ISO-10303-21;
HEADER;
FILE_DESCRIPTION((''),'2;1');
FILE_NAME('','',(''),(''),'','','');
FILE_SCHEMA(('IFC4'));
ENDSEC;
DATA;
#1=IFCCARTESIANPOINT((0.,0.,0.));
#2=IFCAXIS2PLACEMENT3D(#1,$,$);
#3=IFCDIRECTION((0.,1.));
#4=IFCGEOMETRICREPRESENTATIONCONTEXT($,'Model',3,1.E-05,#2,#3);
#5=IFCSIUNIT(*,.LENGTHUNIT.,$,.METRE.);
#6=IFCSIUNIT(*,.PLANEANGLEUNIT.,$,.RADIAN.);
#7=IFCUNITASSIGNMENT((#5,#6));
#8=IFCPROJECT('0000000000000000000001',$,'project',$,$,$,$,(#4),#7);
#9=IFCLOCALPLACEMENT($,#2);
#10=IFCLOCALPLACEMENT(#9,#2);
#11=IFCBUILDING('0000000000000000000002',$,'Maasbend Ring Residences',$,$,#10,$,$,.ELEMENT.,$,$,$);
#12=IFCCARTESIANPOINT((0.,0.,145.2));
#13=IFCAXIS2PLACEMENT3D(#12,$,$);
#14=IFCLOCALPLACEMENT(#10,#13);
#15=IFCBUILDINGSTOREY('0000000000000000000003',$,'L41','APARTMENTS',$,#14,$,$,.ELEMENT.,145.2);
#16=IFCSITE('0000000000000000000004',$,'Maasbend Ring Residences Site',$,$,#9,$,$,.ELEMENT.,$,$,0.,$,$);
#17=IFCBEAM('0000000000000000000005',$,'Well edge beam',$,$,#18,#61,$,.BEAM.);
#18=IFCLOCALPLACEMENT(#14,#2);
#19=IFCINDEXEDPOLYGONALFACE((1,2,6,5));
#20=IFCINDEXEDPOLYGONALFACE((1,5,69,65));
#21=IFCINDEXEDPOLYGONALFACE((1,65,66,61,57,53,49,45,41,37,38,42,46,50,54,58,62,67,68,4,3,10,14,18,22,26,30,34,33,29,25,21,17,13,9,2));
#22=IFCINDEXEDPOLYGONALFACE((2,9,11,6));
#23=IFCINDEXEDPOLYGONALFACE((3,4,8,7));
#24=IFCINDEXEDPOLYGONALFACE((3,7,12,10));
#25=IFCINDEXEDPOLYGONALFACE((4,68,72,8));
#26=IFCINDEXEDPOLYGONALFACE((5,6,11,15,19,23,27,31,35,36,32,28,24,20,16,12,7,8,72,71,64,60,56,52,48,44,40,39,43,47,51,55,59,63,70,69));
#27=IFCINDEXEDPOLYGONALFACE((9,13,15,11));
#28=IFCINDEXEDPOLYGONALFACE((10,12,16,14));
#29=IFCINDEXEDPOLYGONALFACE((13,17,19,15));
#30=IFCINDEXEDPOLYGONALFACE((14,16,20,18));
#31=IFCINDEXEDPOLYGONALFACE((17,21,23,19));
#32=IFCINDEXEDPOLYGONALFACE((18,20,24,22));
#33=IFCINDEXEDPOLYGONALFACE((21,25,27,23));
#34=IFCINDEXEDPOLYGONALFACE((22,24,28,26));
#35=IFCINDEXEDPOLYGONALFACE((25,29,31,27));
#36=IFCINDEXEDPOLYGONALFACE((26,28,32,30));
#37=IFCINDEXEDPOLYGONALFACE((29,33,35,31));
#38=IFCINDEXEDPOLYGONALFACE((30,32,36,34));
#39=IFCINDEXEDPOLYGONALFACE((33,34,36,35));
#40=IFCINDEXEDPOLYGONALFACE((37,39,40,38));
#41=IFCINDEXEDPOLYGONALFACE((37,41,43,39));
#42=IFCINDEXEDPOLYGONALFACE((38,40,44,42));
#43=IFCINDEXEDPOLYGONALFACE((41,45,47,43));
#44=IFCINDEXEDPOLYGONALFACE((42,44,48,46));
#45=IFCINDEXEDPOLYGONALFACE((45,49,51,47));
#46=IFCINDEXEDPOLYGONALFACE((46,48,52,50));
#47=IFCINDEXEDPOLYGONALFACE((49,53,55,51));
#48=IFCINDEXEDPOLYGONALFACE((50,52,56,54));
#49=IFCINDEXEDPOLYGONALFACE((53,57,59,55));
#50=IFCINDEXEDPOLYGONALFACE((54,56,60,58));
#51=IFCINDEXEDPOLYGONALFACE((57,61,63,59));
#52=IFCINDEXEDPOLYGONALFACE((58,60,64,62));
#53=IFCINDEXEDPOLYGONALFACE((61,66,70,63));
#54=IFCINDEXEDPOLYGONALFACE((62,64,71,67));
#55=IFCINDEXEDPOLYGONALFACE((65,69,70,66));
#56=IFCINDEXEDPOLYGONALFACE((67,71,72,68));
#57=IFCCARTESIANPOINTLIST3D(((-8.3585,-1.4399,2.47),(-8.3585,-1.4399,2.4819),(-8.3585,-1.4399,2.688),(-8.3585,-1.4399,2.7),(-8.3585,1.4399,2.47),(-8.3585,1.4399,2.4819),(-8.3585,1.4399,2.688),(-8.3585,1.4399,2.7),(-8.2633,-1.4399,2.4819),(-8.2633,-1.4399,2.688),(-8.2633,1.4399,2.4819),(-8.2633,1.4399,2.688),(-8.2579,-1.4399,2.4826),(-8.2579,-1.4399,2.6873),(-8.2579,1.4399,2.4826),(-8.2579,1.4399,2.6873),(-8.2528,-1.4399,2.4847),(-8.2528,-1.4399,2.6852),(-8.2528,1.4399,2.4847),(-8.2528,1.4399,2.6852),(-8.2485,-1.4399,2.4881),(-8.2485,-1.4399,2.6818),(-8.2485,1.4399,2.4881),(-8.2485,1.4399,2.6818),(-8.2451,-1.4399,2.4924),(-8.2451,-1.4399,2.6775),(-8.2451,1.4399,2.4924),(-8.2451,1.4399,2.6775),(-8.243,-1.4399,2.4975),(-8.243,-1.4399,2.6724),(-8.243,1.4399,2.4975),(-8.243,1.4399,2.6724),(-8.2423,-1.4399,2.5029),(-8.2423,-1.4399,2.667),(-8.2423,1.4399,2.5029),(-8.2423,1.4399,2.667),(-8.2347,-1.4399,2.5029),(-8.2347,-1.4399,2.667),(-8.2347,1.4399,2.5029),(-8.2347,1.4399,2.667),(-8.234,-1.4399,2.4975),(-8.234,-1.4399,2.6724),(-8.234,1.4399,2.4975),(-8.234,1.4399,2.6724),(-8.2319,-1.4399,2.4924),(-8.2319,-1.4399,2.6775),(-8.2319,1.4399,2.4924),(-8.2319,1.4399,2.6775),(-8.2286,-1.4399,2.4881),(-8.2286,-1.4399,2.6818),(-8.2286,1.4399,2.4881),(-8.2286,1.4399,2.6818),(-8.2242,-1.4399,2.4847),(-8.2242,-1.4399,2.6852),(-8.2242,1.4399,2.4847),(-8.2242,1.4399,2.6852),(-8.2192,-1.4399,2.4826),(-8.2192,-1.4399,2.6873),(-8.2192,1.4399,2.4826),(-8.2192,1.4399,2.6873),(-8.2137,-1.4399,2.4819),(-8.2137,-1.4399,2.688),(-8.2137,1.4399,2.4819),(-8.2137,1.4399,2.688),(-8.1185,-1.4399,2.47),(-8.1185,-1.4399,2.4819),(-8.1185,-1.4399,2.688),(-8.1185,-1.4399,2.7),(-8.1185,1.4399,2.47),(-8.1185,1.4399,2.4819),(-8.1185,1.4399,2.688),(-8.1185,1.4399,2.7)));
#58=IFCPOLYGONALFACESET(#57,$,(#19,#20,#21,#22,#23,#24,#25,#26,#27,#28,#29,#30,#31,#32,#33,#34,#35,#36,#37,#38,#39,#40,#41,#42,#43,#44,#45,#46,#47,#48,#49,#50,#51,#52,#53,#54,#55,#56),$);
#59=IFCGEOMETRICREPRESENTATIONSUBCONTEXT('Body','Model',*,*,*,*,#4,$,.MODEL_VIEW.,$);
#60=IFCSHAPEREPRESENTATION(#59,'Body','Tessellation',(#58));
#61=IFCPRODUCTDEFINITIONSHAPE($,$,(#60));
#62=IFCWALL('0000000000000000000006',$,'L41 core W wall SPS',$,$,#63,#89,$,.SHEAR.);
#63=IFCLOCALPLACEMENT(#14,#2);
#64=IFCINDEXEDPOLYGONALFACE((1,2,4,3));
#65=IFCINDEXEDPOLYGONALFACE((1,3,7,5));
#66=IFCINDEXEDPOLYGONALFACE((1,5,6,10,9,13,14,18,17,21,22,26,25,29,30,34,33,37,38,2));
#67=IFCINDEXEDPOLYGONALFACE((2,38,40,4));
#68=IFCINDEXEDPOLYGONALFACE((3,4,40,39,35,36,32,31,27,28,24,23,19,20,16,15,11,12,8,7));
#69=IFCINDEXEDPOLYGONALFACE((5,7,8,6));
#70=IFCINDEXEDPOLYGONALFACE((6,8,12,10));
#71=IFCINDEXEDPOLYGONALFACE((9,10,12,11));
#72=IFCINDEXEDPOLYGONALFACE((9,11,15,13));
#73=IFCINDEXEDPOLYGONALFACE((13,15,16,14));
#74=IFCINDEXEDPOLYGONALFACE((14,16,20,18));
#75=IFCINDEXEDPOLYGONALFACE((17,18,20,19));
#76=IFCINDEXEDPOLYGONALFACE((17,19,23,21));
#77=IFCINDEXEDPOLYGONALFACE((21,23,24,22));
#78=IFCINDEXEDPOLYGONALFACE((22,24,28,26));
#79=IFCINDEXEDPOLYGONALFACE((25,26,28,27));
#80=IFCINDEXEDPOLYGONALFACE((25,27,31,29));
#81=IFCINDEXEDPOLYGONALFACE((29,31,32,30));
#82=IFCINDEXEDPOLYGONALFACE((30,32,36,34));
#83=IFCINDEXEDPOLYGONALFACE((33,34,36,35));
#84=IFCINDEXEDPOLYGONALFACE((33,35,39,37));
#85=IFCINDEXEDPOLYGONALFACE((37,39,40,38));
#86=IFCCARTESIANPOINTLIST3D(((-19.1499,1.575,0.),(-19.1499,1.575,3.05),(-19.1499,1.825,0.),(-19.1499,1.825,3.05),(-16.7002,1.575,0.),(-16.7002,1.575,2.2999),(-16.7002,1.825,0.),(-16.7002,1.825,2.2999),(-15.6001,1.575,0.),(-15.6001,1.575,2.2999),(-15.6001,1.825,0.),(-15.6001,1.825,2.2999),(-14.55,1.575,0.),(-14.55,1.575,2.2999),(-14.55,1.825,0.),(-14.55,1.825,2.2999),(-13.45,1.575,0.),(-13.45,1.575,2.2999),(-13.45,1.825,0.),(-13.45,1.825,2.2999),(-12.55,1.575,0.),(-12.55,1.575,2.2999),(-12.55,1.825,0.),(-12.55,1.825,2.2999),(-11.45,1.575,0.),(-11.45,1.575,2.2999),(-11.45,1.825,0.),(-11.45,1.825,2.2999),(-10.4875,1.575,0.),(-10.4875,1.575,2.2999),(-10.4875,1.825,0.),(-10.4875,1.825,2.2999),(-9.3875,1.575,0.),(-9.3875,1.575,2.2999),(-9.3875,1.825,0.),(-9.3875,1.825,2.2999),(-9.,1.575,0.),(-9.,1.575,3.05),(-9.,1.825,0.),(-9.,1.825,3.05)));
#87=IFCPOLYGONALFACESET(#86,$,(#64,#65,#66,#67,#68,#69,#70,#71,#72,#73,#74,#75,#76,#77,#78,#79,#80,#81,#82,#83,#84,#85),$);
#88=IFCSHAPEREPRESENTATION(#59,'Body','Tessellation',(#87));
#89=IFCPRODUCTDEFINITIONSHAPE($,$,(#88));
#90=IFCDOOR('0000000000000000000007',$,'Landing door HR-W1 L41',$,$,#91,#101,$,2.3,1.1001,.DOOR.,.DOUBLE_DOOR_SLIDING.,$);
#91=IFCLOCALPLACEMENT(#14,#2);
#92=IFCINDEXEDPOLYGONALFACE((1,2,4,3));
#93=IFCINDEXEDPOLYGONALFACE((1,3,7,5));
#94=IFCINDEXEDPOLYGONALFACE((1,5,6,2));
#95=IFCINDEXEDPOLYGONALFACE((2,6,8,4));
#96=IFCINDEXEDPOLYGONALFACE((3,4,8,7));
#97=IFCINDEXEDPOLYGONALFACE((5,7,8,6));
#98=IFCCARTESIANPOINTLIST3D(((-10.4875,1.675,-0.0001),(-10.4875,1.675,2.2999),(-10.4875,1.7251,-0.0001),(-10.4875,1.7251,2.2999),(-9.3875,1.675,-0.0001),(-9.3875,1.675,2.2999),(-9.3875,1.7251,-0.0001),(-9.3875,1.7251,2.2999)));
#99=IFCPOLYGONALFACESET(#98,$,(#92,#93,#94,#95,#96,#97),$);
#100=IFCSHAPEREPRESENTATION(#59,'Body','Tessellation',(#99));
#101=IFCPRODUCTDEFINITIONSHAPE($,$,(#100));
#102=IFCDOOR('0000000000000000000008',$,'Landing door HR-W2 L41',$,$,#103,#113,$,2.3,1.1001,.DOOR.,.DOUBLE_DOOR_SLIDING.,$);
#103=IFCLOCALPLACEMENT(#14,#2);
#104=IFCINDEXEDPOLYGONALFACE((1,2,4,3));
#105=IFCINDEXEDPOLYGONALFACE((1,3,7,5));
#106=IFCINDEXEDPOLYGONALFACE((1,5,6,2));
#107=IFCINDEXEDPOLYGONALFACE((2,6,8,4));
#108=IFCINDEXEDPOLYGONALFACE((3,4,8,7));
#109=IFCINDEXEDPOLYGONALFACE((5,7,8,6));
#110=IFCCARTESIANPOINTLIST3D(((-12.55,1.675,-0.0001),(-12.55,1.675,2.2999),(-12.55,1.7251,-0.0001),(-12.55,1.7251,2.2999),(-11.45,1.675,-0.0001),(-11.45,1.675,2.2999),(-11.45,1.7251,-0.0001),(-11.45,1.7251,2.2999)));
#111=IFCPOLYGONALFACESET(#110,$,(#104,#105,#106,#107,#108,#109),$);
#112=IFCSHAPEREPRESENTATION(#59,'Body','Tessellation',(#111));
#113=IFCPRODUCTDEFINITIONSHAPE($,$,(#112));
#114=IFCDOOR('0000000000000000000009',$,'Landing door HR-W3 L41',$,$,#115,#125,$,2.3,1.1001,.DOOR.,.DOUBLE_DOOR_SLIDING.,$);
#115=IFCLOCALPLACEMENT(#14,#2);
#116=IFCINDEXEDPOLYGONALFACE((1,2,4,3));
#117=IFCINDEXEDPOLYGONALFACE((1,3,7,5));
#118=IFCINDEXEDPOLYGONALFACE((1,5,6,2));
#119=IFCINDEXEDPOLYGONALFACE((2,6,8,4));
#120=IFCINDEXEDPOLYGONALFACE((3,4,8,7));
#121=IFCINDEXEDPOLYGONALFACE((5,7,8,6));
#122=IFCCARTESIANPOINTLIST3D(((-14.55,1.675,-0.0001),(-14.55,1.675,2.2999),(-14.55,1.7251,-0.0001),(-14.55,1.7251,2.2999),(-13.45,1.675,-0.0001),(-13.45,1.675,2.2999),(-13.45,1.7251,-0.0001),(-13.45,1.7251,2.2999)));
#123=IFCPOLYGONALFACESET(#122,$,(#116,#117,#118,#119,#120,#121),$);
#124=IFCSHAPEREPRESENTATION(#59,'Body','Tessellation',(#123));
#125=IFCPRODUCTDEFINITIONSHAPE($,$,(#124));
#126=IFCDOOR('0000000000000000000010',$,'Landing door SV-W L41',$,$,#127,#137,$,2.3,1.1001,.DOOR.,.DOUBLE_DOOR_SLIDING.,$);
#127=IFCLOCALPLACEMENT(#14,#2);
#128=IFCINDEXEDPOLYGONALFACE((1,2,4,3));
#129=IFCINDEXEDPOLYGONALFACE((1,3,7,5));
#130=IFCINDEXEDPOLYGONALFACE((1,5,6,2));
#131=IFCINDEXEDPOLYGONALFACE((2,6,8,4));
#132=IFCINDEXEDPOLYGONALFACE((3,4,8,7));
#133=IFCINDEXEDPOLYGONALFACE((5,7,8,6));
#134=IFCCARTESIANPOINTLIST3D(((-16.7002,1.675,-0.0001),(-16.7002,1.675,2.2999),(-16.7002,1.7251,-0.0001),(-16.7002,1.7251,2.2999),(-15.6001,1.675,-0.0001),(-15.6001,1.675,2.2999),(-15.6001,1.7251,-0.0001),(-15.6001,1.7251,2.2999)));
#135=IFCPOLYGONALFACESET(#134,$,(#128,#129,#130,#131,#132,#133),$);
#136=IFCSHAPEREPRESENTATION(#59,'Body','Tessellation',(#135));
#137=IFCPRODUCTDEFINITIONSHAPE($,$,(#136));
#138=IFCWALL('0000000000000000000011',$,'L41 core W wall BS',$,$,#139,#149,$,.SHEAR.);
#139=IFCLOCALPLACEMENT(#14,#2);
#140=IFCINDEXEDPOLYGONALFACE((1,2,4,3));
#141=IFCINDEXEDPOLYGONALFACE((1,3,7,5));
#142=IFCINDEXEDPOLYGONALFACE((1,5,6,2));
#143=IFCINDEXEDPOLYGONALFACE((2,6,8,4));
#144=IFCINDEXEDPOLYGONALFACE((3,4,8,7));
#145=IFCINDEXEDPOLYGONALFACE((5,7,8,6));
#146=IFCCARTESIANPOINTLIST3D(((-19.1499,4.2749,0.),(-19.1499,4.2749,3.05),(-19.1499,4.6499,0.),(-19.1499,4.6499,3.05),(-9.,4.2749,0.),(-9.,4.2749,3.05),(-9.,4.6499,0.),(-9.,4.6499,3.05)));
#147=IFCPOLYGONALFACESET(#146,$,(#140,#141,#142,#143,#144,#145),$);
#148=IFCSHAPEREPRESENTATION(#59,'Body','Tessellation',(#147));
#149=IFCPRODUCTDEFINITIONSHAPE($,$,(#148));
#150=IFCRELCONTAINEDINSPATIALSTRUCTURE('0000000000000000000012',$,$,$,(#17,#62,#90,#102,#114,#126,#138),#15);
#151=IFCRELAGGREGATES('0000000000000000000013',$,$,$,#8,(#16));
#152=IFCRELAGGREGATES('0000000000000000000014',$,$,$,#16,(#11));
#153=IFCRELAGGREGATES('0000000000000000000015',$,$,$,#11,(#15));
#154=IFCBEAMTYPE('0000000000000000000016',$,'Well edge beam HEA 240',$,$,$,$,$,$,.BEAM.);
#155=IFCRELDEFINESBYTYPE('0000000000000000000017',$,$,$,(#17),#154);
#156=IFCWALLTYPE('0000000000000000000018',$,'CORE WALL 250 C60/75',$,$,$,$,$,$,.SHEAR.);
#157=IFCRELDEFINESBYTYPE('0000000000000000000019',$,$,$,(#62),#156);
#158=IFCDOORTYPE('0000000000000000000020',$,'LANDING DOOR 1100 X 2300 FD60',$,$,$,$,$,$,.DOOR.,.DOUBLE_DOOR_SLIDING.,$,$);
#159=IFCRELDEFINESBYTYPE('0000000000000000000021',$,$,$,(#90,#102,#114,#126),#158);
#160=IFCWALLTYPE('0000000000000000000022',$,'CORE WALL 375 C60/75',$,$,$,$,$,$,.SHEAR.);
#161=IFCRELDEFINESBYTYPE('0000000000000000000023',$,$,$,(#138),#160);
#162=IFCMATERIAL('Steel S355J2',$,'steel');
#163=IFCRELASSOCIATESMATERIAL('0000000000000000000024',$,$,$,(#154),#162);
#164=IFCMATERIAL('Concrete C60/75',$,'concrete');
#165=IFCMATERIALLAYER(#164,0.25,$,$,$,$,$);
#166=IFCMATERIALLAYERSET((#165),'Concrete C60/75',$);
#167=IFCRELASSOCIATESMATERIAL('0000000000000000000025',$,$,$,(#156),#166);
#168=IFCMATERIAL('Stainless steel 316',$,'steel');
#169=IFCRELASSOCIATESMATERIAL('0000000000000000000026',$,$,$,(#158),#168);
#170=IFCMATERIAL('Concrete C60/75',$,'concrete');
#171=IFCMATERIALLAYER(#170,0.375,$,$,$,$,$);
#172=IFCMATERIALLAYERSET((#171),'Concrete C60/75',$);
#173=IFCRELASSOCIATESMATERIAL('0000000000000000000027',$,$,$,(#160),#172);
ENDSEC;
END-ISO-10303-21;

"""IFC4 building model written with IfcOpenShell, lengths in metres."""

from ifc_helpers import new_model, si_unit, direction, frame, frame_2d, origin, origin_2d, place, context, subcontext, project, spatial, rectangle, i_section, extrude, material, layer, layer_set, material_profile, profile_set, type_object, element, fill, save


model = new_model("IFC4")

# Units and contexts
model_context = context("Model", 3, precision=1e-05, world=origin(), true_north=direction((0.0, 1.0)))
body_context = subcontext(model_context, "Body", "Model", "MODEL_VIEW")
ifc_project = project(units=[si_unit("LENGTHUNIT", "METRE"), si_unit("PLANEANGLEUNIT", "RADIAN")], contexts=[model_context])

# Site, building, storey
site_placement = place(None, origin())
site = spatial("IfcSite", under=ifc_project, at=site_placement, Name="Maasbend Ring Residences Site", CompositionType="ELEMENT", RefElevation=0.0)
building_placement = place(site_placement, origin())
building = spatial("IfcBuilding", under=site, at=building_placement, Name="Maasbend Ring Residences", CompositionType="ELEMENT")
storey_placement = place(building_placement, frame((0.0, 0.0, 145.2)))
storey = spatial("IfcBuildingStorey", under=building, at=storey_placement, Name="L41", Description="APARTMENTS", CompositionType="ELEMENT", Elevation=145.2)

# Beam
ifc_material_1 = material(Name="Steel S355J2", Category="steel")
ifc_material_profile = material_profile(ifc_material_1, i_section(OverallWidth=0.24, OverallDepth=0.23, WebThickness=0.0076, FlangeThickness=0.012, FilletRadius=0.021, at=origin_2d()), Name="HEA 240")
ifc_profile_set = profile_set([ifc_material_profile], Name="Steel S355J2")
beam_type = type_object("IfcBeamType", Name="Well edge beam HEA 240", PredefinedType="BEAM", material=ifc_profile_set)
beam_placement = place(storey_placement, frame((-8.2385, 1.4399, 2.585), z_axis=(0.0, -1.0, 0.0), x_axis=(1.0, 0.0, 0.0)))
element("IfcBeam", 1, at=beam_placement, inside=storey, type_object=beam_type, Name="Well edge beam", PredefinedType="BEAM", context=body_context, shape_type="SweptSolid", body=[
    extrude(i_section(OverallWidth=0.24, OverallDepth=0.23, WebThickness=0.0076, FlangeThickness=0.012, FilletRadius=0.021, at=origin_2d()), origin(), (0.0, 0.0, 1.0), 2.8799),
])

# Wall, openings, doors
ifc_material_2 = material(Name="Concrete C60/75", Category="concrete")
ifc_layer_1 = layer(ifc_material_2, 0.25)
ifc_layer_set_1 = layer_set([ifc_layer_1], Name="Concrete C60/75")
wall_type_1 = type_object("IfcWallType", Name="CORE WALL 250 C60/75", PredefinedType="SHEAR", material=ifc_layer_set_1)
wall_1_placement = place(storey_placement, frame((-9.0, 1.7, 0.0), z_axis=(0.0, 0.0, 1.0), x_axis=(-1.0, 0.0, 0.0)))
wall_1 = element("IfcWall", 2, at=wall_1_placement, inside=storey, type_object=wall_type_1, Name="L41 core W wall SPS", PredefinedType="SHEAR", context=body_context, shape_type="SweptSolid", body=[
    extrude(rectangle(XDim=10.1499, YDim=0.25, at=frame_2d((5.075, 0.0))), origin(), (0.0, 0.0, 1.0), 3.05),
])
opening_1_placement = place(wall_1_placement, frame((0.3875, 0.0, 0.0)))
opening_1 = element("IfcOpeningElement", 3, at=opening_1_placement, cuts=wall_1, PredefinedType="OPENING", context=body_context, shape_type="SweptSolid", body=[
    extrude(rectangle(XDim=1.1001, YDim=2.3, at=frame_2d((0.55, 1.1499))), frame((0.0, 0.135, 0.0), z_axis=(0.0, -1.0, 0.0), x_axis=(1.0, 0.0, 0.0)), (0.0, 0.0, 1.0), 0.27),
])
opening_2_placement = place(wall_1_placement, frame((2.45, 0.0, 0.0)))
opening_2 = element("IfcOpeningElement", 4, at=opening_2_placement, cuts=wall_1, PredefinedType="OPENING", context=body_context, shape_type="SweptSolid", body=[
    extrude(rectangle(XDim=1.1001, YDim=2.3, at=frame_2d((0.55, 1.1499))), frame((0.0, 0.135, 0.0), z_axis=(0.0, -1.0, 0.0), x_axis=(1.0, 0.0, 0.0)), (0.0, 0.0, 1.0), 0.27),
])
opening_3_placement = place(wall_1_placement, frame((4.45, 0.0, 0.0)))
opening_3 = element("IfcOpeningElement", 5, at=opening_3_placement, cuts=wall_1, PredefinedType="OPENING", context=body_context, shape_type="SweptSolid", body=[
    extrude(rectangle(XDim=1.1001, YDim=2.3, at=frame_2d((0.55, 1.1499))), frame((0.0, 0.135, 0.0), z_axis=(0.0, -1.0, 0.0), x_axis=(1.0, 0.0, 0.0)), (0.0, 0.0, 1.0), 0.27),
])
opening_4_placement = place(wall_1_placement, frame((6.6001, 0.0, 0.0)))
opening_4 = element("IfcOpeningElement", 6, at=opening_4_placement, cuts=wall_1, PredefinedType="OPENING", context=body_context, shape_type="SweptSolid", body=[
    extrude(rectangle(XDim=1.1001, YDim=2.3, at=frame_2d((0.55, 1.1499))), frame((0.0, 0.135, 0.0), z_axis=(0.0, -1.0, 0.0), x_axis=(1.0, 0.0, 0.0)), (0.0, 0.0, 1.0), 0.27),
])
ifc_material_3 = material(Name="Stainless steel 316", Category="steel")
door_type_1 = type_object("IfcDoorType", Name="LANDING DOOR 1100 X 2300 FD60", OperationType="DOUBLE_DOOR_SLIDING", PredefinedType="DOOR", material=ifc_material_3)
door_1_placement = place(opening_1_placement, origin())
door_1 = element("IfcDoor", 7, at=door_1_placement, inside=storey, type_object=door_type_1, Name="Landing door HR-W1 L41", OperationType="DOUBLE_DOOR_SLIDING", OverallHeight=2.3, OverallWidth=1.1001, PredefinedType="DOOR", context=body_context, shape_type="SweptSolid", body=[
    extrude(rectangle(XDim=1.1001, YDim=2.3, at=frame_2d((0.55, 1.1499))), frame((0.0, 0.0249, 0.0), z_axis=(0.0, -1.0, 0.0), x_axis=(1.0, 0.0, 0.0)), (0.0, 0.0, 1.0), 0.05),
])
fill(opening_1, door_1)
door_2_placement = place(opening_2_placement, origin())
door_2 = element("IfcDoor", 8, at=door_2_placement, inside=storey, type_object=door_type_1, Name="Landing door HR-W2 L41", OperationType="DOUBLE_DOOR_SLIDING", OverallHeight=2.3, OverallWidth=1.1001, PredefinedType="DOOR", context=body_context, shape_type="SweptSolid", body=[
    extrude(rectangle(XDim=1.1001, YDim=2.3, at=frame_2d((0.55, 1.1499))), frame((0.0, 0.0249, 0.0), z_axis=(0.0, -1.0, 0.0), x_axis=(1.0, 0.0, 0.0)), (0.0, 0.0, 1.0), 0.05),
])
fill(opening_2, door_2)
door_3_placement = place(opening_3_placement, origin())
door_3 = element("IfcDoor", 9, at=door_3_placement, inside=storey, type_object=door_type_1, Name="Landing door HR-W3 L41", OperationType="DOUBLE_DOOR_SLIDING", OverallHeight=2.3, OverallWidth=1.1001, PredefinedType="DOOR", context=body_context, shape_type="SweptSolid", body=[
    extrude(rectangle(XDim=1.1001, YDim=2.3, at=frame_2d((0.55, 1.1499))), frame((0.0, 0.0249, 0.0), z_axis=(0.0, -1.0, 0.0), x_axis=(1.0, 0.0, 0.0)), (0.0, 0.0, 1.0), 0.05),
])
fill(opening_3, door_3)
door_4_placement = place(opening_4_placement, origin())
door_4 = element("IfcDoor", 10, at=door_4_placement, inside=storey, type_object=door_type_1, Name="Landing door SV-W L41", OperationType="DOUBLE_DOOR_SLIDING", OverallHeight=2.3, OverallWidth=1.1001, PredefinedType="DOOR", context=body_context, shape_type="SweptSolid", body=[
    extrude(rectangle(XDim=1.1001, YDim=2.3, at=frame_2d((0.55, 1.1499))), frame((0.0, 0.0249, 0.0), z_axis=(0.0, -1.0, 0.0), x_axis=(1.0, 0.0, 0.0)), (0.0, 0.0, 1.0), 0.05),
])
fill(opening_4, door_4)

# Wall
ifc_material_4 = material(Name="Concrete C60/75", Category="concrete")
ifc_layer_2 = layer(ifc_material_4, 0.375)
ifc_layer_set_2 = layer_set([ifc_layer_2], Name="Concrete C60/75")
wall_type_2 = type_object("IfcWallType", Name="CORE WALL 375 C60/75", PredefinedType="SHEAR", material=ifc_layer_set_2)
wall_2_placement = place(storey_placement, frame((-9.0, 4.4624, 0.0), z_axis=(0.0, 0.0, 1.0), x_axis=(-1.0, 0.0, 0.0)))
element("IfcWall", 11, at=wall_2_placement, inside=storey, type_object=wall_type_2, Name="L41 core W wall BS", PredefinedType="SHEAR", context=body_context, shape_type="SweptSolid", body=[
    extrude(rectangle(XDim=10.1499, YDim=0.375, at=frame_2d((5.075, 0.0))), origin(), (0.0, 0.0, 1.0), 3.05),
])

save(model, "model.ifc")
